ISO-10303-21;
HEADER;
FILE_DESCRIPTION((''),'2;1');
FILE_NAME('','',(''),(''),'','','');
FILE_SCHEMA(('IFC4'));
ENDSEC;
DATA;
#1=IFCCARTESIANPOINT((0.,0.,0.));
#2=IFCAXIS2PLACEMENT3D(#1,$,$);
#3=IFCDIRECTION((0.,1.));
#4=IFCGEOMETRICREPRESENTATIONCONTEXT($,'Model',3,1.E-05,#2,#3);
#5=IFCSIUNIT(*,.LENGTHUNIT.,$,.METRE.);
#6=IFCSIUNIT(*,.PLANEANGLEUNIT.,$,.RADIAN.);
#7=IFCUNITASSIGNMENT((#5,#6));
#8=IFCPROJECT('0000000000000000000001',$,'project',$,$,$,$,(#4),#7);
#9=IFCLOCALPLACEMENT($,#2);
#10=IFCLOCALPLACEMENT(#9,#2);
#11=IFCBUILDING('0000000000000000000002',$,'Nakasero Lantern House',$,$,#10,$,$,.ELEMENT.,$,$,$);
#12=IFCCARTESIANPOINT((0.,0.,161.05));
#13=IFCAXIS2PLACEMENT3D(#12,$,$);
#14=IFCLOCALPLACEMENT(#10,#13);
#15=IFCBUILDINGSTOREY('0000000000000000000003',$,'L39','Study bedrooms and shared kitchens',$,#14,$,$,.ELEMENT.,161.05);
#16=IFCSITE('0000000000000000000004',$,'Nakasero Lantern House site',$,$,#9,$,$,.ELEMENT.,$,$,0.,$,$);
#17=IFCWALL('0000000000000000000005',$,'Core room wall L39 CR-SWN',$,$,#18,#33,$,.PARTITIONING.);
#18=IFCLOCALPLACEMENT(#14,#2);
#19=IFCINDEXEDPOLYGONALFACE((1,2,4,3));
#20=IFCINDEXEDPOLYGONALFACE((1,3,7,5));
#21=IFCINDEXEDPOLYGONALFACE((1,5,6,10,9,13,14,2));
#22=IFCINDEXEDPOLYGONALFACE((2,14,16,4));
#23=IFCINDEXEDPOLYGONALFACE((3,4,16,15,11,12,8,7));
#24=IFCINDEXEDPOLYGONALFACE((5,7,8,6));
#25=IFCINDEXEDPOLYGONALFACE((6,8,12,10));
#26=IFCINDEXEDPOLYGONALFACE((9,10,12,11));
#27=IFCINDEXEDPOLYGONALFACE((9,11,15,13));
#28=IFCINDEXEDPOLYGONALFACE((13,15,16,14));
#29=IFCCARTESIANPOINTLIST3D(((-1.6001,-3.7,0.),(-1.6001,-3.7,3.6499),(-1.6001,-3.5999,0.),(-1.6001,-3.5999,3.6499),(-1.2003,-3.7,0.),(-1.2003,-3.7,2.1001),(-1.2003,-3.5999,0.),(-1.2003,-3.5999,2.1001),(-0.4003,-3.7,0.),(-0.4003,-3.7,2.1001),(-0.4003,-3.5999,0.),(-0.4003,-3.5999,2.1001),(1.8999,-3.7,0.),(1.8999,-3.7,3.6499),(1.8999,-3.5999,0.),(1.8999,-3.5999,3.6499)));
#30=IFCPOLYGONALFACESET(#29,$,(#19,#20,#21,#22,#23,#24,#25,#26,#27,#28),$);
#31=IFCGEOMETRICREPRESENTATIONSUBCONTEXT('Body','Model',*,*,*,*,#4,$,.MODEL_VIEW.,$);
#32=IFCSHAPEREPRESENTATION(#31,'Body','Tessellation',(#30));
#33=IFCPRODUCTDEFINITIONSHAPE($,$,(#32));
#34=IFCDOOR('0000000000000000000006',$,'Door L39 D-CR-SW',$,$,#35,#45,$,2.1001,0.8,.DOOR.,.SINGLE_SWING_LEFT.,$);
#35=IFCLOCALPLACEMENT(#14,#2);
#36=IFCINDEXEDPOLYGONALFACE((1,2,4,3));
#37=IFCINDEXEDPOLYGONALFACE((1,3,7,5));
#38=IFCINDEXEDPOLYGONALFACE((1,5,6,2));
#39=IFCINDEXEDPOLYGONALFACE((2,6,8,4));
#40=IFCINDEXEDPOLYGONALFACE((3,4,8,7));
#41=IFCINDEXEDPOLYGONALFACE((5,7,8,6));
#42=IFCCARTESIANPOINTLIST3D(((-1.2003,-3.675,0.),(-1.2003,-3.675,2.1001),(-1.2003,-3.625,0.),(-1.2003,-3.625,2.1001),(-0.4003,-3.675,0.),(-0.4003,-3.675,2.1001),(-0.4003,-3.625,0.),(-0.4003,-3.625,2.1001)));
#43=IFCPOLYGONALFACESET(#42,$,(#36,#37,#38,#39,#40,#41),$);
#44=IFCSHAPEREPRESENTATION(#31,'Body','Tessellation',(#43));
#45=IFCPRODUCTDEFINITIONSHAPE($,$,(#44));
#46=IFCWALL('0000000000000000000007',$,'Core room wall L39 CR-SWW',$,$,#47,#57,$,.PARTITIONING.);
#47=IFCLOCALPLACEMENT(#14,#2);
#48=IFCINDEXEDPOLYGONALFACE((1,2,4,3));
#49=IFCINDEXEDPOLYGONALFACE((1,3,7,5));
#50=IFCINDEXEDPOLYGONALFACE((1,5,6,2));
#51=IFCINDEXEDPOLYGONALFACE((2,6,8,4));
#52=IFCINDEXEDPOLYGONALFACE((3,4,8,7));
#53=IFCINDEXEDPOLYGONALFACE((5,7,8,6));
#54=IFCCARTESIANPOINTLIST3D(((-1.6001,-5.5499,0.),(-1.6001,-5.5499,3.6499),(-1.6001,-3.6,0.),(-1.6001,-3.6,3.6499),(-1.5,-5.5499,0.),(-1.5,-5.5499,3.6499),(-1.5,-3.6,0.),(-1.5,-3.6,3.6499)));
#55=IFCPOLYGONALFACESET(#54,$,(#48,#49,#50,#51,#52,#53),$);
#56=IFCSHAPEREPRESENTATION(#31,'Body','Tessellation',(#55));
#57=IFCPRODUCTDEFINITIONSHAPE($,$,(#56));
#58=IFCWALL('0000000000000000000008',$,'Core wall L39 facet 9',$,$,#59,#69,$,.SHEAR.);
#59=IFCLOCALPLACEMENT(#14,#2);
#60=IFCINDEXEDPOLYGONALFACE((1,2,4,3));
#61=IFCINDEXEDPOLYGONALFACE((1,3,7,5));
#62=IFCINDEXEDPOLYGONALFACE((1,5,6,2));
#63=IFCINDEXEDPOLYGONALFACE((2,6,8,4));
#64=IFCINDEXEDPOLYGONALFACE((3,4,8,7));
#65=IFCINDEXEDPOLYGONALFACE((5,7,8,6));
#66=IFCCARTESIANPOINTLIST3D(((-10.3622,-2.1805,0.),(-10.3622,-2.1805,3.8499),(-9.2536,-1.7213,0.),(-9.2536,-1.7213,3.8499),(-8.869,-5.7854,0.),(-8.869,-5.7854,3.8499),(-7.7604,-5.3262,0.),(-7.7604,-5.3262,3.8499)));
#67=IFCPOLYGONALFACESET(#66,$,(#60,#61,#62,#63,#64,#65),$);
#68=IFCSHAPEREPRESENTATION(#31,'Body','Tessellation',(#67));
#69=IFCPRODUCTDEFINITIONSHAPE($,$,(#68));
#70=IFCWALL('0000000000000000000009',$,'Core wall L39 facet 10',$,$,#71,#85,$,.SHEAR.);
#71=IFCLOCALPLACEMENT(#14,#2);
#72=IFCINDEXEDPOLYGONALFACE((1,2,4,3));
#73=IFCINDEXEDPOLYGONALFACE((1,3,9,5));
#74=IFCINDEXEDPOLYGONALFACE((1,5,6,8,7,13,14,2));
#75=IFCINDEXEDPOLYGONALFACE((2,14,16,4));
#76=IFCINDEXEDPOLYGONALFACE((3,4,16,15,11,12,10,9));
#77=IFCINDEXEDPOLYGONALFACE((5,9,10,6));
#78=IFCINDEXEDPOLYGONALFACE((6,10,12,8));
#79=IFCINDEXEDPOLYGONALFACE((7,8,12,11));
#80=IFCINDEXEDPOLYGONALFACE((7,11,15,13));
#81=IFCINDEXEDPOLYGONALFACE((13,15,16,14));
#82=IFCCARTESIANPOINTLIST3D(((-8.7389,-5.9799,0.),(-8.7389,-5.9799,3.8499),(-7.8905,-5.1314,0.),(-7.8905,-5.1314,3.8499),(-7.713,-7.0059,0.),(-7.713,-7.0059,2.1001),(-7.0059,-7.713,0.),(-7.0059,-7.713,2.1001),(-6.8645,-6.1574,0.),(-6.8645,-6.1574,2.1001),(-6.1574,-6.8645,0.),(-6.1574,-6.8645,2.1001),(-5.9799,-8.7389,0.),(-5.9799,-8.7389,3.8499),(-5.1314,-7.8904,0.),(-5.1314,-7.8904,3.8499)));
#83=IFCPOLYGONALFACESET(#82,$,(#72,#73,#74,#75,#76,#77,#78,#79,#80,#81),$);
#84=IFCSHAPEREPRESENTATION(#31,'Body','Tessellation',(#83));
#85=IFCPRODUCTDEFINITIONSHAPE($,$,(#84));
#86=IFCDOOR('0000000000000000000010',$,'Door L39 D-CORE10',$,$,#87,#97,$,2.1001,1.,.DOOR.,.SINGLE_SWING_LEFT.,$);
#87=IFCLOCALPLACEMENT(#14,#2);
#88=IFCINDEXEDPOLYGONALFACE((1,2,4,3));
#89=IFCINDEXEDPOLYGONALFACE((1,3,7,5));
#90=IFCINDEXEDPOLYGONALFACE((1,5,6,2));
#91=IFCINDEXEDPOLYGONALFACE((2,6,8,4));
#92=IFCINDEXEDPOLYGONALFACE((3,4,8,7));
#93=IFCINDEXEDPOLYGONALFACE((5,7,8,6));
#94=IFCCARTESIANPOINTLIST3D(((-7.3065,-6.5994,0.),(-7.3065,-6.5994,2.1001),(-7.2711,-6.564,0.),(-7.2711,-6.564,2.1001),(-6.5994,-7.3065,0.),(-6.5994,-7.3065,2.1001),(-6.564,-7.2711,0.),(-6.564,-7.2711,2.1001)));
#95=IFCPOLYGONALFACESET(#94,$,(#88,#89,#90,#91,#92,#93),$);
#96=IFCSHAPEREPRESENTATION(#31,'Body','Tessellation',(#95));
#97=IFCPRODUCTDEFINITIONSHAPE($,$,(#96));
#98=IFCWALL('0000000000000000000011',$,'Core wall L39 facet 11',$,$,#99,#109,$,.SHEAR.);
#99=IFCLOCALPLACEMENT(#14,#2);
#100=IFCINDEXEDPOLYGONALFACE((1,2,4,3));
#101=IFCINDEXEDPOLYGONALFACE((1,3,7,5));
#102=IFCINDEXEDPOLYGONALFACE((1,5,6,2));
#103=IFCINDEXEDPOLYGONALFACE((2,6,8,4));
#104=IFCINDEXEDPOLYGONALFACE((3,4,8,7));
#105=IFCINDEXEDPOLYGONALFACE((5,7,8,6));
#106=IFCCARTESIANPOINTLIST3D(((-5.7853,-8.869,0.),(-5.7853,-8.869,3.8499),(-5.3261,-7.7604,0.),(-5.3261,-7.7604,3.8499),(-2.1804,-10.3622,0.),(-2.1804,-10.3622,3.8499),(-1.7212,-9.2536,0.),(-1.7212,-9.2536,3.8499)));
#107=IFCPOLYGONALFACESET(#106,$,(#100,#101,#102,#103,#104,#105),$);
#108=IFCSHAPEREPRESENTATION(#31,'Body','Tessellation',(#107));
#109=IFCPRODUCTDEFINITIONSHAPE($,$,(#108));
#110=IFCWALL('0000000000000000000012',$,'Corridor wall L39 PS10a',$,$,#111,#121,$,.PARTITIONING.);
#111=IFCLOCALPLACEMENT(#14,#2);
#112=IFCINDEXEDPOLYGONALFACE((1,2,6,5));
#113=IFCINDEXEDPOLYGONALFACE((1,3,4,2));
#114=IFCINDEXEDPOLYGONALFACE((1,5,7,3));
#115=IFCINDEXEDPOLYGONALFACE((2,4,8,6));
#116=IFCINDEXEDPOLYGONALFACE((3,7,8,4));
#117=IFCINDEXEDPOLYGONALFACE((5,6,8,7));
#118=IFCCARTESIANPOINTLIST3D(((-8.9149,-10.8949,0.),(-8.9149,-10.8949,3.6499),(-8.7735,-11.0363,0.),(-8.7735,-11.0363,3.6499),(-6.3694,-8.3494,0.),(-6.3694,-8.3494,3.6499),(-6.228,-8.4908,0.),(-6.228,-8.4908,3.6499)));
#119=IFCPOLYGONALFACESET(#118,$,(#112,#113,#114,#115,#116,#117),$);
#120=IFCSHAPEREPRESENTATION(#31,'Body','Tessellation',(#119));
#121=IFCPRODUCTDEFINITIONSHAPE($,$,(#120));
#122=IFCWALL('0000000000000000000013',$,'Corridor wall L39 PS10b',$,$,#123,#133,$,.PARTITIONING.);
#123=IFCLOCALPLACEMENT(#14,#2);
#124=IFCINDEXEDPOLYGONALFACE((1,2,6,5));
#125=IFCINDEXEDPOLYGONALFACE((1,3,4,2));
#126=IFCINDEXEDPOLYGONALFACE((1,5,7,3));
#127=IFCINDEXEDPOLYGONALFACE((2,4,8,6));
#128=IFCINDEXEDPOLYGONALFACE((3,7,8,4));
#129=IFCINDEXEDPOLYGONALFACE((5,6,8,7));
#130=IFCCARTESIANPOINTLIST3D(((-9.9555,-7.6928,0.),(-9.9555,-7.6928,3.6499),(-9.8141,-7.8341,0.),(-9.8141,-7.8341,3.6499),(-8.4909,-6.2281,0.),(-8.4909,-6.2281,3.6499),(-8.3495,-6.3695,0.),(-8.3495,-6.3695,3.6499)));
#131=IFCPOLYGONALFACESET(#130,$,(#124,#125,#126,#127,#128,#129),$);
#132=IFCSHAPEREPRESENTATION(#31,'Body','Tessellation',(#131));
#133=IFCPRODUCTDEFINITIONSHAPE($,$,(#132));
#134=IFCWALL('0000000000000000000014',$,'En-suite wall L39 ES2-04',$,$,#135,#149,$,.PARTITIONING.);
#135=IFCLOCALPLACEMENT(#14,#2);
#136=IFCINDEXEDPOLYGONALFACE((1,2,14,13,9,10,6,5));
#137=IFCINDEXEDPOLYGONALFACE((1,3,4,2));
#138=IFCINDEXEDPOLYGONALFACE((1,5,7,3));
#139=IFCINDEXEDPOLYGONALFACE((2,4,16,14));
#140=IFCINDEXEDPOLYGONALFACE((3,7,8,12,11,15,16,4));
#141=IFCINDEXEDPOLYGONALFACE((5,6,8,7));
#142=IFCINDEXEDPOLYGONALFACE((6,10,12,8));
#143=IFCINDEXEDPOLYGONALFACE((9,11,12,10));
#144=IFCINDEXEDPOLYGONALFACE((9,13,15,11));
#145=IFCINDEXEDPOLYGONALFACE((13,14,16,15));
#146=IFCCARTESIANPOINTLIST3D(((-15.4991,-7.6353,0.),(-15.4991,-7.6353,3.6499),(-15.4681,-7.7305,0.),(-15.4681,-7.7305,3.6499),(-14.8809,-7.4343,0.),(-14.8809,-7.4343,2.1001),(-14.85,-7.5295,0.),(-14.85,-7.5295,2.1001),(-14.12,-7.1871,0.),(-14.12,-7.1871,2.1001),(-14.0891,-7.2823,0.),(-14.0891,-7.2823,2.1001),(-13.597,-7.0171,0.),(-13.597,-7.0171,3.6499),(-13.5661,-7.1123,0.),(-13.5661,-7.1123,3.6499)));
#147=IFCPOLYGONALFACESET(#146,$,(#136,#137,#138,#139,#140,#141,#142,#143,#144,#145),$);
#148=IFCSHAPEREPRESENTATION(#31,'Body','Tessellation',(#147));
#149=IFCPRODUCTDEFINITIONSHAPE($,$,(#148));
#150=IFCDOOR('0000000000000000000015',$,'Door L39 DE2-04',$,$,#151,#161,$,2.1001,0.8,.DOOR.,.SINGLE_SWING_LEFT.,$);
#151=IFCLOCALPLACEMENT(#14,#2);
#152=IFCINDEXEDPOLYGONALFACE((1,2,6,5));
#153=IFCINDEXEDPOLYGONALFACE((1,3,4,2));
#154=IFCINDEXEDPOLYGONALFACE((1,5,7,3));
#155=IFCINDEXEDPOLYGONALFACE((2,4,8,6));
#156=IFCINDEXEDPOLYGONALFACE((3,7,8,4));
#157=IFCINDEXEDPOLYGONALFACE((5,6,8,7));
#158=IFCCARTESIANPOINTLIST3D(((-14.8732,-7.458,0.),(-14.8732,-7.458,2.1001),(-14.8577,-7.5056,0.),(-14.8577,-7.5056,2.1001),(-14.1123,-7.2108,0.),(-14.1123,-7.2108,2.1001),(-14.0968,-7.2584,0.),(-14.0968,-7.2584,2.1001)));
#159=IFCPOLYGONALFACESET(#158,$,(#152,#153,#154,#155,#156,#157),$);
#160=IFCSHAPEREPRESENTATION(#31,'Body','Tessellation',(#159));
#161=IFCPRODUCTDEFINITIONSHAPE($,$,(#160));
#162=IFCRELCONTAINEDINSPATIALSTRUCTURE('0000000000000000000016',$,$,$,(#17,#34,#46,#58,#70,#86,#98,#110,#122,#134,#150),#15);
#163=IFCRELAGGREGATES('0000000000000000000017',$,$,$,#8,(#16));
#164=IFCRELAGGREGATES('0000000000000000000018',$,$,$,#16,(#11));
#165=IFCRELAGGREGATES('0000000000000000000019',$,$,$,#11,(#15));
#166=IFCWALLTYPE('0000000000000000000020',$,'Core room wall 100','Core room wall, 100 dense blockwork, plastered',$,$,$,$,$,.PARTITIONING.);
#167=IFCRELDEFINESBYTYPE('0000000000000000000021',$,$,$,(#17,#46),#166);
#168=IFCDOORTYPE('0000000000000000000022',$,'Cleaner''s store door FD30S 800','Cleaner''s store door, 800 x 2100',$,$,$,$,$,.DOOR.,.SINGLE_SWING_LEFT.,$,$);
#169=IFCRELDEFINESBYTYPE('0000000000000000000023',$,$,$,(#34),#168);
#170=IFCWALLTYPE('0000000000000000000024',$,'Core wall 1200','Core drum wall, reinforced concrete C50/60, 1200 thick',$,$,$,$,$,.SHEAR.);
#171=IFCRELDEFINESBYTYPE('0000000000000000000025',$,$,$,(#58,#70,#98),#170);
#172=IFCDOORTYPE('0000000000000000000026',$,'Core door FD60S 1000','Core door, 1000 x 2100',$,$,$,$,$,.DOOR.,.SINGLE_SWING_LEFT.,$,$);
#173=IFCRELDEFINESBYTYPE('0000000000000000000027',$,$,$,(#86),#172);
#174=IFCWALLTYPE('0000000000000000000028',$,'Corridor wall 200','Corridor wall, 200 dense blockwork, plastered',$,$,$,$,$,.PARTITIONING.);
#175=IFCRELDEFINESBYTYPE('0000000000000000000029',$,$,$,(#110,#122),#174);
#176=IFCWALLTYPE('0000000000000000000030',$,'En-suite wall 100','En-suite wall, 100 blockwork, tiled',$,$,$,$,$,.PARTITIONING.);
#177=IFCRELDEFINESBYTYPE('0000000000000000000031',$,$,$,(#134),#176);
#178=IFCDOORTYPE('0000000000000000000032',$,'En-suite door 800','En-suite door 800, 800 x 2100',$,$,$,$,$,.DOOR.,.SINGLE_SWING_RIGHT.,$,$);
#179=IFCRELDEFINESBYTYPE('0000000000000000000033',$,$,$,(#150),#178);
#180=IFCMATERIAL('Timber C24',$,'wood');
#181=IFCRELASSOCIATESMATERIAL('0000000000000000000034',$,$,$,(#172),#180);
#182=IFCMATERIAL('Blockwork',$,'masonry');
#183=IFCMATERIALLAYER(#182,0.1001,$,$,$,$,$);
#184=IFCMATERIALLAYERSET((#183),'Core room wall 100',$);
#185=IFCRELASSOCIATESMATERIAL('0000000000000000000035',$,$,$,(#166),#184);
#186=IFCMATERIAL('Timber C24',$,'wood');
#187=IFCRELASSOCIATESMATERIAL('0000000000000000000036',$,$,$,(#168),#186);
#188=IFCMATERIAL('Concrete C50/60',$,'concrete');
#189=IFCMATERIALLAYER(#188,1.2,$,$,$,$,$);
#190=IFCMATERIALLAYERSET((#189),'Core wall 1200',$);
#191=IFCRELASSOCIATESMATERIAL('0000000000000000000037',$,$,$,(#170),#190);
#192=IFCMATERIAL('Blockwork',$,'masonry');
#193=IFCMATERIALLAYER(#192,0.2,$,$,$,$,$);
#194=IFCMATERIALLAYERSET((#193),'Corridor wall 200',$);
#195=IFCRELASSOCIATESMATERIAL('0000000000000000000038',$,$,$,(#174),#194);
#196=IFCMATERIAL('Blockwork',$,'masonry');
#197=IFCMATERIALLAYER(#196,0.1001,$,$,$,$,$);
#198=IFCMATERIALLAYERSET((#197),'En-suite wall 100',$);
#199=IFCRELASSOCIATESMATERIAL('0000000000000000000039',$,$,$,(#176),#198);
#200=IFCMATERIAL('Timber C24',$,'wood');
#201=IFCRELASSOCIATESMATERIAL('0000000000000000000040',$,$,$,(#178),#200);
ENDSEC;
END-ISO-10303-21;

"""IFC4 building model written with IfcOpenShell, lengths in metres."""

from ifc_helpers import new_model, si_unit, direction, frame, frame_2d, origin, place, context, subcontext, project, spatial, rectangle, extrude, material, layer, layer_set, type_object, element, fill, save


model = new_model("IFC4")

# Units and contexts
model_context = context("Model", 3, precision=1e-05, world=origin(), true_north=direction((0.0, 1.0)))
body_context = subcontext(model_context, "Body", "Model", "MODEL_VIEW")
ifc_project = project(units=[si_unit("LENGTHUNIT", "METRE"), si_unit("PLANEANGLEUNIT", "RADIAN")], contexts=[model_context])

# Site, building, storey
site_placement = place(None, origin())
site = spatial("IfcSite", under=ifc_project, at=site_placement, Name="Nakasero Lantern House site", CompositionType="ELEMENT", RefElevation=0.0)
building_placement = place(site_placement, origin())
building = spatial("IfcBuilding", under=site, at=building_placement, Name="Nakasero Lantern House", CompositionType="ELEMENT")
storey_placement = place(building_placement, frame((0.0, 0.0, 161.05)))
storey = spatial("IfcBuildingStorey", under=building, at=storey_placement, Name="L39", Description="Study bedrooms and shared kitchens", CompositionType="ELEMENT", Elevation=161.05)

# Shared definitions
ifc_material_1 = material(Name="Timber C24", Category="wood")
door_type_1 = type_object("IfcDoorType", Name="Core door FD60S 1000", Description="Core door, 1000 x 2100", OperationType="SINGLE_SWING_LEFT", PredefinedType="DOOR", material=ifc_material_1)

# Wall, opening, door
ifc_material_2 = material(Name="Blockwork", Category="masonry")
ifc_layer_1 = layer(ifc_material_2, 0.1001)
ifc_layer_set_1 = layer_set([ifc_layer_1], Name="Core room wall 100")
wall_type_1 = type_object("IfcWallType", Name="Core room wall 100", Description="Core room wall, 100 dense blockwork, plastered", PredefinedType="PARTITIONING", material=ifc_layer_set_1)
wall_1_placement = place(storey_placement, frame((-1.6001, -3.6499, 0.0), z_axis=(0.0, 0.0, 1.0), x_axis=(1.0, 0.0, 0.0)))
wall_1 = element("IfcWall", 1, at=wall_1_placement, inside=storey, type_object=wall_type_1, Name="Core room wall L39 CR-SWN", PredefinedType="PARTITIONING", context=body_context, shape_type="SweptSolid", body=[
    extrude(rectangle(XDim=3.5, YDim=0.1001, at=frame_2d((1.75, 0.0))), origin(), (0.0, 0.0, 1.0), 3.6499),
])
opening_1_placement = place(wall_1_placement, frame((0.3999, 0.0, 0.0)))
opening_1 = element("IfcOpeningElement", 2, at=opening_1_placement, cuts=wall_1, PredefinedType="OPENING", context=body_context, shape_type="SweptSolid", body=[
    extrude(rectangle(XDim=0.8, YDim=2.1001, at=frame_2d((0.3999, 1.05))), frame((0.0, 0.0701, 0.0), z_axis=(0.0, -1.0, 0.0), x_axis=(1.0, 0.0, 0.0)), (0.0, 0.0, 1.0), 0.1401),
])
ifc_material_3 = material(Name="Timber C24", Category="wood")
door_type_2 = type_object("IfcDoorType", Name="Cleaner's store door FD30S 800", Description="Cleaner's store door, 800 x 2100", OperationType="SINGLE_SWING_LEFT", PredefinedType="DOOR", material=ifc_material_3)
door_1_placement = place(opening_1_placement, origin())
door_1 = element("IfcDoor", 3, at=door_1_placement, inside=storey, type_object=door_type_2, Name="Door L39 D-CR-SW", OperationType="SINGLE_SWING_LEFT", OverallHeight=2.1001, OverallWidth=0.8, PredefinedType="DOOR", context=body_context, shape_type="SweptSolid", body=[
    extrude(rectangle(XDim=0.8, YDim=2.1001, at=frame_2d((0.3999, 1.05))), frame((0.0, 0.0249, 0.0), z_axis=(0.0, -1.0, 0.0), x_axis=(1.0, 0.0, 0.0)), (0.0, 0.0, 1.0), 0.05),
])
fill(opening_1, door_1)

# Walls
wall_2_placement = place(storey_placement, frame((-1.55, -5.55, 0.0), z_axis=(0.0, 0.0, 1.0), x_axis=(0.0, 1.0, 0.0)))
element("IfcWall", 4, at=wall_2_placement, inside=storey, type_object=wall_type_1, Name="Core room wall L39 CR-SWW", PredefinedType="PARTITIONING", context=body_context, shape_type="SweptSolid", body=[
    extrude(rectangle(XDim=1.95, YDim=0.1001, at=frame_2d((0.9751, 0.0))), origin(), (0.0, 0.0, 1.0), 3.6499),
])
ifc_material_4 = material(Name="Concrete C50/60", Category="concrete")
ifc_layer_2 = layer(ifc_material_4, 1.2)
ifc_layer_set_2 = layer_set([ifc_layer_2], Name="Core wall 1200")
wall_type_2 = type_object("IfcWallType", Name="Core wall 1200", Description="Core drum wall, reinforced concrete C50/60, 1200 thick", PredefinedType="SHEAR", material=ifc_layer_set_2)
wall_3_placement = place(storey_placement, frame((-9.8079, -1.9509, 0.0), z_axis=(0.0, 0.0, 1.0), x_axis=(0.382691, -0.923877, 0.0)))
element("IfcWall", 5, at=wall_3_placement, inside=storey, type_object=wall_type_2, Name="Core wall L39 facet 9", PredefinedType="SHEAR", context=body_context, shape_type="SweptSolid", body=[
    extrude(rectangle(XDim=3.9019, YDim=1.2, at=frame_2d((1.9509, 0.0))), origin(), (0.0, 0.0, 1.0), 3.8499),
])

# Wall, opening, door
wall_4_placement = place(storey_placement, frame((-8.3147, -5.5557, 0.0), z_axis=(0.0, 0.0, 1.0), x_axis=(0.707107, -0.707107, 0.0)))
wall_4 = element("IfcWall", 6, at=wall_4_placement, inside=storey, type_object=wall_type_2, Name="Core wall L39 facet 10", PredefinedType="SHEAR", context=body_context, shape_type="SweptSolid", body=[
    extrude(rectangle(XDim=3.9019, YDim=1.2, at=frame_2d((1.9509, 0.0))), origin(), (0.0, 0.0, 1.0), 3.8499),
])
opening_2_placement = place(wall_4_placement, frame((1.4509, 0.0, 0.0)))
opening_2 = element("IfcOpeningElement", 7, at=opening_2_placement, cuts=wall_4, PredefinedType="OPENING", context=body_context, shape_type="SweptSolid", body=[
    extrude(rectangle(XDim=1.0, YDim=2.1001, at=frame_2d((0.5, 1.05))), frame((0.0, 0.6199, 0.0), z_axis=(0.0, -1.0, 0.0), x_axis=(1.0, 0.0, 0.0)), (0.0, 0.0, 1.0), 1.24),
])
door_2_placement = place(opening_2_placement, origin())
door_2 = element("IfcDoor", 8, at=door_2_placement, inside=storey, type_object=door_type_1, Name="Door L39 D-CORE10", OperationType="SINGLE_SWING_LEFT", OverallHeight=2.1001, OverallWidth=1.0, PredefinedType="DOOR", context=body_context, shape_type="SweptSolid", body=[
    extrude(rectangle(XDim=1.0, YDim=2.1001, at=frame_2d((0.5, 1.05))), frame((0.0, 0.0249, 0.0), z_axis=(0.0, -1.0, 0.0), x_axis=(1.0, 0.0, 0.0)), (0.0, 0.0, 1.0), 0.05),
])
fill(opening_2, door_2)

# Walls
wall_5_placement = place(storey_placement, frame((-5.5557, -8.3147, 0.0), z_axis=(0.0, 0.0, 1.0), x_axis=(0.923877, -0.382691, 0.0)))
element("IfcWall", 9, at=wall_5_placement, inside=storey, type_object=wall_type_2, Name="Core wall L39 facet 11", PredefinedType="SHEAR", context=body_context, shape_type="SweptSolid", body=[
    extrude(rectangle(XDim=3.9019, YDim=1.2, at=frame_2d((1.9509, 0.0))), origin(), (0.0, 0.0, 1.0), 3.8499),
])
ifc_material_5 = material(Name="Blockwork", Category="masonry")
ifc_layer_3 = layer(ifc_material_5, 0.2)
ifc_layer_set_3 = layer_set([ifc_layer_3], Name="Corridor wall 200")
wall_type_3 = type_object("IfcWallType", Name="Corridor wall 200", Description="Corridor wall, 200 dense blockwork, plastered", PredefinedType="PARTITIONING", material=ifc_layer_set_3)
wall_6_placement = place(storey_placement, frame((-6.2988, -8.4202, 0.0), z_axis=(0.0, 0.0, 1.0), x_axis=(-0.707107, -0.707107, 0.0)))
element("IfcWall", 10, at=wall_6_placement, inside=storey, type_object=wall_type_3, Name="Corridor wall L39 PS10a", PredefinedType="PARTITIONING", context=body_context, shape_type="SweptSolid", body=[
    extrude(rectangle(XDim=3.5999, YDim=0.2, at=frame_2d((1.7998, 0.0))), origin(), (0.0, 0.0, 1.0), 3.6499),
])
wall_7_placement = place(storey_placement, frame((-8.4202, -6.2988, 0.0), z_axis=(0.0, 0.0, 1.0), x_axis=(-0.707107, -0.707107, 0.0)))
element("IfcWall", 11, at=wall_7_placement, inside=storey, type_object=wall_type_3, Name="Corridor wall L39 PS10b", PredefinedType="PARTITIONING", context=body_context, shape_type="SweptSolid", body=[
    extrude(rectangle(XDim=2.0713, YDim=0.2, at=frame_2d((1.0356, 0.0))), origin(), (0.0, 0.0, 1.0), 3.6499),
])

# Wall, opening, door
ifc_material_6 = material(Name="Blockwork", Category="masonry")
ifc_layer_4 = layer(ifc_material_6, 0.1001)
ifc_layer_set_4 = layer_set([ifc_layer_4], Name="En-suite wall 100")
wall_type_4 = type_object("IfcWallType", Name="En-suite wall 100", Description="En-suite wall, 100 blockwork, tiled", PredefinedType="PARTITIONING", material=ifc_layer_set_4)
wall_8_placement = place(storey_placement, frame((-13.5815, -7.0647, 0.0), z_axis=(0.0, 0.0, 1.0), x_axis=(-0.951037, -0.309078, 0.0)))
wall_8 = element("IfcWall", 12, at=wall_8_placement, inside=storey, type_object=wall_type_4, Name="En-suite wall L39 ES2-04", PredefinedType="PARTITIONING", context=body_context, shape_type="SweptSolid", body=[
    extrude(rectangle(XDim=2.0, YDim=0.1001, at=frame_2d((1.0, 0.0))), origin(), (0.0, 0.0, 1.0), 3.6499),
])
opening_3_placement = place(wall_8_placement, frame((0.55, 0.0, 0.0)))
opening_3 = element("IfcOpeningElement", 13, at=opening_3_placement, cuts=wall_8, PredefinedType="OPENING", context=body_context, shape_type="SweptSolid", body=[
    extrude(rectangle(XDim=0.8, YDim=2.1001, at=frame_2d((0.3999, 1.05))), frame((0.0, 0.0701, 0.0), z_axis=(0.0, -1.0, 0.0), x_axis=(1.0, 0.0, 0.0)), (0.0, 0.0, 1.0), 0.1401),
])
ifc_material_7 = material(Name="Timber C24", Category="wood")
door_type_3 = type_object("IfcDoorType", Name="En-suite door 800", Description="En-suite door 800, 800 x 2100", OperationType="SINGLE_SWING_RIGHT", PredefinedType="DOOR", material=ifc_material_7)
door_3_placement = place(opening_3_placement, origin())
door_3 = element("IfcDoor", 14, at=door_3_placement, inside=storey, type_object=door_type_3, Name="Door L39 DE2-04", OperationType="SINGLE_SWING_LEFT", OverallHeight=2.1001, OverallWidth=0.8, PredefinedType="DOOR", context=body_context, shape_type="SweptSolid", body=[
    extrude(rectangle(XDim=0.8, YDim=2.1001, at=frame_2d((0.3999, 1.05))), frame((0.0, 0.0249, 0.0), z_axis=(0.0, -1.0, 0.0), x_axis=(1.0, 0.0, 0.0)), (0.0, 0.0, 1.0), 0.05),
])
fill(opening_3, door_3)

save(model, "model.ifc")
